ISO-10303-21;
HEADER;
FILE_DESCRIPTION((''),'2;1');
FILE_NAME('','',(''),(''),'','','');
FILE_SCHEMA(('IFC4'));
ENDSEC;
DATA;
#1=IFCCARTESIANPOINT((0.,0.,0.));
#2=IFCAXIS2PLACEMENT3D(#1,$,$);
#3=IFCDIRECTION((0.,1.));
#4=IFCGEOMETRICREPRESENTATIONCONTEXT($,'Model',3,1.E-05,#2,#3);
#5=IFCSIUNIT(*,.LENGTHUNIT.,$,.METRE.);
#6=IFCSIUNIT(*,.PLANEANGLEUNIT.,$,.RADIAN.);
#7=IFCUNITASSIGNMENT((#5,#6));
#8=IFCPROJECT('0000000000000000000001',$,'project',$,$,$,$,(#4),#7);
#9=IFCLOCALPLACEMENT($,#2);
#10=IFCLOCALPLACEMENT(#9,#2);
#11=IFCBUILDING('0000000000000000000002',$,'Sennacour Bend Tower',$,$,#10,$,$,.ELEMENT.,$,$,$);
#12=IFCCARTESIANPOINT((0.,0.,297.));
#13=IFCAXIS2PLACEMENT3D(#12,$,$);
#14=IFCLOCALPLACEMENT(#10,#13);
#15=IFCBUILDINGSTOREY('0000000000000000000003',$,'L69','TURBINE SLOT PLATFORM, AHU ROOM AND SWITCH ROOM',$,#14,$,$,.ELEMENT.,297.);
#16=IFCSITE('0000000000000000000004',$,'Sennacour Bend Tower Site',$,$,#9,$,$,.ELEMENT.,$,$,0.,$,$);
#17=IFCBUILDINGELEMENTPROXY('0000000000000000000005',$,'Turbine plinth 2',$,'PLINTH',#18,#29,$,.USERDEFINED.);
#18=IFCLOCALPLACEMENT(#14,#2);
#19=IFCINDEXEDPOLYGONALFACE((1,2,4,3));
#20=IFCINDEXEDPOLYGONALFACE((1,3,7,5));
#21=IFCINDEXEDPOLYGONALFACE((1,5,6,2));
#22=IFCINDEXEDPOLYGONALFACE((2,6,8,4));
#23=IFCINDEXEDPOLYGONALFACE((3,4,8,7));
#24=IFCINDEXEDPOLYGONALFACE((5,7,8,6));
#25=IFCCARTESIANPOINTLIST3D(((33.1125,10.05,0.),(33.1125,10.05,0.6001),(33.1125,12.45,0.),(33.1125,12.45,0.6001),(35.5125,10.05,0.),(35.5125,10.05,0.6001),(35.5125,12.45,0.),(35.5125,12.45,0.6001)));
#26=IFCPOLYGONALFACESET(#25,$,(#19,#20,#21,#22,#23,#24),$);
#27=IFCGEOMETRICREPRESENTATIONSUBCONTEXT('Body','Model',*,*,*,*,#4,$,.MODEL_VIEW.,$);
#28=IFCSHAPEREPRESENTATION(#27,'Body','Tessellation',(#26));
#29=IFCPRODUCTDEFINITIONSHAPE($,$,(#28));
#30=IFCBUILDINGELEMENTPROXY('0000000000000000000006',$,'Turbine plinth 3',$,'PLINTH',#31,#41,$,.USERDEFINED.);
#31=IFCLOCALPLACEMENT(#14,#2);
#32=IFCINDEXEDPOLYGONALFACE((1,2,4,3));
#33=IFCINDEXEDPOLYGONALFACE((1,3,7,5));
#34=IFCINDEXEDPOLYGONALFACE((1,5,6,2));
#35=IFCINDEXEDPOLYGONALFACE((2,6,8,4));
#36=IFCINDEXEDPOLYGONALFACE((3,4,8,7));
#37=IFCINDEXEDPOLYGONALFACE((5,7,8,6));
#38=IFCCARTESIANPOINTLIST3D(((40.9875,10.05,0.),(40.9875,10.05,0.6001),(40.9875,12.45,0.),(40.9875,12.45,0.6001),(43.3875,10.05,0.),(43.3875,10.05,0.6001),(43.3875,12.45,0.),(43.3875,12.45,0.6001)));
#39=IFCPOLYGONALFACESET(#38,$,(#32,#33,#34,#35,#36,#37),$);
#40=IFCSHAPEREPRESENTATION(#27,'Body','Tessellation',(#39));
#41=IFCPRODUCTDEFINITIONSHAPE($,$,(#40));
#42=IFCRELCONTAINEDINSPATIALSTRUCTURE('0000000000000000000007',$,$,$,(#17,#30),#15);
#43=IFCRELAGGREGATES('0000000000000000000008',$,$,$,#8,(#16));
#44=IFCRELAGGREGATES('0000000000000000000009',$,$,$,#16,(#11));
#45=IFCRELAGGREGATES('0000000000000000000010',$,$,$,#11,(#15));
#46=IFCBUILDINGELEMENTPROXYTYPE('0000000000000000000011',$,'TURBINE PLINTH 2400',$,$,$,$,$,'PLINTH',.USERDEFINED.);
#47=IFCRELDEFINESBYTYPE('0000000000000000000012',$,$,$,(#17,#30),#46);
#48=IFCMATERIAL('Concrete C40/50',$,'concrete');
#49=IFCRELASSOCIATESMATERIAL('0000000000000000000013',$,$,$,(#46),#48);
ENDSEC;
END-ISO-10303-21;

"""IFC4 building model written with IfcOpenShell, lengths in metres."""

from ifc_helpers import new_model, si_unit, direction, frame, origin, origin_2d, place, context, subcontext, project, spatial, rectangle, extrude, material, type_object, element, save


model = new_model("IFC4")

# Units and contexts
model_context = context("Model", 3, precision=1e-05, world=origin(), true_north=direction((0.0, 1.0)))
body_context = subcontext(model_context, "Body", "Model", "MODEL_VIEW")
ifc_project = project(units=[si_unit("LENGTHUNIT", "METRE"), si_unit("PLANEANGLEUNIT", "RADIAN")], contexts=[model_context])

# Site, building, storey
site_placement = place(None, origin())
site = spatial("IfcSite", under=ifc_project, at=site_placement, Name="Sennacour Bend Tower Site", CompositionType="ELEMENT", RefElevation=0.0)
building_placement = place(site_placement, origin())
building = spatial("IfcBuilding", under=site, at=building_placement, Name="Sennacour Bend Tower", CompositionType="ELEMENT")
storey_placement = place(building_placement, frame((0.0, 0.0, 297.0)))
storey = spatial("IfcBuildingStorey", under=building, at=storey_placement, Name="L69", Description="TURBINE SLOT PLATFORM, AHU ROOM AND SWITCH ROOM", CompositionType="ELEMENT", Elevation=297.0)

# Building element proxies
ifc_material_1 = material(Name="Concrete C40/50", Category="concrete")
building_element_proxy_type = type_object("IfcBuildingElementProxyType", Name="TURBINE PLINTH 2400", ElementType="PLINTH", PredefinedType="USERDEFINED", material=ifc_material_1)
for number, where, z_axis, x_axis, name in (
    (1, (34.3125, 11.25, 0.0), (0.0, 0.0, 1.0), (1.0, 0.0, 0.0), "Turbine plinth 2"),
    (2, (42.1875, 11.25, 0.0), (0.0, 0.0, 1.0), (1.0, 0.0, 0.0), "Turbine plinth 3"),
):
    element("IfcBuildingElementProxy", number, at=place(storey_placement, frame(where, z_axis=z_axis, x_axis=x_axis)), inside=storey, type_object=building_element_proxy_type, Name=name, ObjectType="PLINTH", PredefinedType="USERDEFINED", context=body_context, shape_type="SweptSolid", body=[
        extrude(rectangle(XDim=2.3999, YDim=2.3999, at=origin_2d()), origin(), (0.0, 0.0, 1.0), 0.6001),
    ])

save(model, "model.ifc")
